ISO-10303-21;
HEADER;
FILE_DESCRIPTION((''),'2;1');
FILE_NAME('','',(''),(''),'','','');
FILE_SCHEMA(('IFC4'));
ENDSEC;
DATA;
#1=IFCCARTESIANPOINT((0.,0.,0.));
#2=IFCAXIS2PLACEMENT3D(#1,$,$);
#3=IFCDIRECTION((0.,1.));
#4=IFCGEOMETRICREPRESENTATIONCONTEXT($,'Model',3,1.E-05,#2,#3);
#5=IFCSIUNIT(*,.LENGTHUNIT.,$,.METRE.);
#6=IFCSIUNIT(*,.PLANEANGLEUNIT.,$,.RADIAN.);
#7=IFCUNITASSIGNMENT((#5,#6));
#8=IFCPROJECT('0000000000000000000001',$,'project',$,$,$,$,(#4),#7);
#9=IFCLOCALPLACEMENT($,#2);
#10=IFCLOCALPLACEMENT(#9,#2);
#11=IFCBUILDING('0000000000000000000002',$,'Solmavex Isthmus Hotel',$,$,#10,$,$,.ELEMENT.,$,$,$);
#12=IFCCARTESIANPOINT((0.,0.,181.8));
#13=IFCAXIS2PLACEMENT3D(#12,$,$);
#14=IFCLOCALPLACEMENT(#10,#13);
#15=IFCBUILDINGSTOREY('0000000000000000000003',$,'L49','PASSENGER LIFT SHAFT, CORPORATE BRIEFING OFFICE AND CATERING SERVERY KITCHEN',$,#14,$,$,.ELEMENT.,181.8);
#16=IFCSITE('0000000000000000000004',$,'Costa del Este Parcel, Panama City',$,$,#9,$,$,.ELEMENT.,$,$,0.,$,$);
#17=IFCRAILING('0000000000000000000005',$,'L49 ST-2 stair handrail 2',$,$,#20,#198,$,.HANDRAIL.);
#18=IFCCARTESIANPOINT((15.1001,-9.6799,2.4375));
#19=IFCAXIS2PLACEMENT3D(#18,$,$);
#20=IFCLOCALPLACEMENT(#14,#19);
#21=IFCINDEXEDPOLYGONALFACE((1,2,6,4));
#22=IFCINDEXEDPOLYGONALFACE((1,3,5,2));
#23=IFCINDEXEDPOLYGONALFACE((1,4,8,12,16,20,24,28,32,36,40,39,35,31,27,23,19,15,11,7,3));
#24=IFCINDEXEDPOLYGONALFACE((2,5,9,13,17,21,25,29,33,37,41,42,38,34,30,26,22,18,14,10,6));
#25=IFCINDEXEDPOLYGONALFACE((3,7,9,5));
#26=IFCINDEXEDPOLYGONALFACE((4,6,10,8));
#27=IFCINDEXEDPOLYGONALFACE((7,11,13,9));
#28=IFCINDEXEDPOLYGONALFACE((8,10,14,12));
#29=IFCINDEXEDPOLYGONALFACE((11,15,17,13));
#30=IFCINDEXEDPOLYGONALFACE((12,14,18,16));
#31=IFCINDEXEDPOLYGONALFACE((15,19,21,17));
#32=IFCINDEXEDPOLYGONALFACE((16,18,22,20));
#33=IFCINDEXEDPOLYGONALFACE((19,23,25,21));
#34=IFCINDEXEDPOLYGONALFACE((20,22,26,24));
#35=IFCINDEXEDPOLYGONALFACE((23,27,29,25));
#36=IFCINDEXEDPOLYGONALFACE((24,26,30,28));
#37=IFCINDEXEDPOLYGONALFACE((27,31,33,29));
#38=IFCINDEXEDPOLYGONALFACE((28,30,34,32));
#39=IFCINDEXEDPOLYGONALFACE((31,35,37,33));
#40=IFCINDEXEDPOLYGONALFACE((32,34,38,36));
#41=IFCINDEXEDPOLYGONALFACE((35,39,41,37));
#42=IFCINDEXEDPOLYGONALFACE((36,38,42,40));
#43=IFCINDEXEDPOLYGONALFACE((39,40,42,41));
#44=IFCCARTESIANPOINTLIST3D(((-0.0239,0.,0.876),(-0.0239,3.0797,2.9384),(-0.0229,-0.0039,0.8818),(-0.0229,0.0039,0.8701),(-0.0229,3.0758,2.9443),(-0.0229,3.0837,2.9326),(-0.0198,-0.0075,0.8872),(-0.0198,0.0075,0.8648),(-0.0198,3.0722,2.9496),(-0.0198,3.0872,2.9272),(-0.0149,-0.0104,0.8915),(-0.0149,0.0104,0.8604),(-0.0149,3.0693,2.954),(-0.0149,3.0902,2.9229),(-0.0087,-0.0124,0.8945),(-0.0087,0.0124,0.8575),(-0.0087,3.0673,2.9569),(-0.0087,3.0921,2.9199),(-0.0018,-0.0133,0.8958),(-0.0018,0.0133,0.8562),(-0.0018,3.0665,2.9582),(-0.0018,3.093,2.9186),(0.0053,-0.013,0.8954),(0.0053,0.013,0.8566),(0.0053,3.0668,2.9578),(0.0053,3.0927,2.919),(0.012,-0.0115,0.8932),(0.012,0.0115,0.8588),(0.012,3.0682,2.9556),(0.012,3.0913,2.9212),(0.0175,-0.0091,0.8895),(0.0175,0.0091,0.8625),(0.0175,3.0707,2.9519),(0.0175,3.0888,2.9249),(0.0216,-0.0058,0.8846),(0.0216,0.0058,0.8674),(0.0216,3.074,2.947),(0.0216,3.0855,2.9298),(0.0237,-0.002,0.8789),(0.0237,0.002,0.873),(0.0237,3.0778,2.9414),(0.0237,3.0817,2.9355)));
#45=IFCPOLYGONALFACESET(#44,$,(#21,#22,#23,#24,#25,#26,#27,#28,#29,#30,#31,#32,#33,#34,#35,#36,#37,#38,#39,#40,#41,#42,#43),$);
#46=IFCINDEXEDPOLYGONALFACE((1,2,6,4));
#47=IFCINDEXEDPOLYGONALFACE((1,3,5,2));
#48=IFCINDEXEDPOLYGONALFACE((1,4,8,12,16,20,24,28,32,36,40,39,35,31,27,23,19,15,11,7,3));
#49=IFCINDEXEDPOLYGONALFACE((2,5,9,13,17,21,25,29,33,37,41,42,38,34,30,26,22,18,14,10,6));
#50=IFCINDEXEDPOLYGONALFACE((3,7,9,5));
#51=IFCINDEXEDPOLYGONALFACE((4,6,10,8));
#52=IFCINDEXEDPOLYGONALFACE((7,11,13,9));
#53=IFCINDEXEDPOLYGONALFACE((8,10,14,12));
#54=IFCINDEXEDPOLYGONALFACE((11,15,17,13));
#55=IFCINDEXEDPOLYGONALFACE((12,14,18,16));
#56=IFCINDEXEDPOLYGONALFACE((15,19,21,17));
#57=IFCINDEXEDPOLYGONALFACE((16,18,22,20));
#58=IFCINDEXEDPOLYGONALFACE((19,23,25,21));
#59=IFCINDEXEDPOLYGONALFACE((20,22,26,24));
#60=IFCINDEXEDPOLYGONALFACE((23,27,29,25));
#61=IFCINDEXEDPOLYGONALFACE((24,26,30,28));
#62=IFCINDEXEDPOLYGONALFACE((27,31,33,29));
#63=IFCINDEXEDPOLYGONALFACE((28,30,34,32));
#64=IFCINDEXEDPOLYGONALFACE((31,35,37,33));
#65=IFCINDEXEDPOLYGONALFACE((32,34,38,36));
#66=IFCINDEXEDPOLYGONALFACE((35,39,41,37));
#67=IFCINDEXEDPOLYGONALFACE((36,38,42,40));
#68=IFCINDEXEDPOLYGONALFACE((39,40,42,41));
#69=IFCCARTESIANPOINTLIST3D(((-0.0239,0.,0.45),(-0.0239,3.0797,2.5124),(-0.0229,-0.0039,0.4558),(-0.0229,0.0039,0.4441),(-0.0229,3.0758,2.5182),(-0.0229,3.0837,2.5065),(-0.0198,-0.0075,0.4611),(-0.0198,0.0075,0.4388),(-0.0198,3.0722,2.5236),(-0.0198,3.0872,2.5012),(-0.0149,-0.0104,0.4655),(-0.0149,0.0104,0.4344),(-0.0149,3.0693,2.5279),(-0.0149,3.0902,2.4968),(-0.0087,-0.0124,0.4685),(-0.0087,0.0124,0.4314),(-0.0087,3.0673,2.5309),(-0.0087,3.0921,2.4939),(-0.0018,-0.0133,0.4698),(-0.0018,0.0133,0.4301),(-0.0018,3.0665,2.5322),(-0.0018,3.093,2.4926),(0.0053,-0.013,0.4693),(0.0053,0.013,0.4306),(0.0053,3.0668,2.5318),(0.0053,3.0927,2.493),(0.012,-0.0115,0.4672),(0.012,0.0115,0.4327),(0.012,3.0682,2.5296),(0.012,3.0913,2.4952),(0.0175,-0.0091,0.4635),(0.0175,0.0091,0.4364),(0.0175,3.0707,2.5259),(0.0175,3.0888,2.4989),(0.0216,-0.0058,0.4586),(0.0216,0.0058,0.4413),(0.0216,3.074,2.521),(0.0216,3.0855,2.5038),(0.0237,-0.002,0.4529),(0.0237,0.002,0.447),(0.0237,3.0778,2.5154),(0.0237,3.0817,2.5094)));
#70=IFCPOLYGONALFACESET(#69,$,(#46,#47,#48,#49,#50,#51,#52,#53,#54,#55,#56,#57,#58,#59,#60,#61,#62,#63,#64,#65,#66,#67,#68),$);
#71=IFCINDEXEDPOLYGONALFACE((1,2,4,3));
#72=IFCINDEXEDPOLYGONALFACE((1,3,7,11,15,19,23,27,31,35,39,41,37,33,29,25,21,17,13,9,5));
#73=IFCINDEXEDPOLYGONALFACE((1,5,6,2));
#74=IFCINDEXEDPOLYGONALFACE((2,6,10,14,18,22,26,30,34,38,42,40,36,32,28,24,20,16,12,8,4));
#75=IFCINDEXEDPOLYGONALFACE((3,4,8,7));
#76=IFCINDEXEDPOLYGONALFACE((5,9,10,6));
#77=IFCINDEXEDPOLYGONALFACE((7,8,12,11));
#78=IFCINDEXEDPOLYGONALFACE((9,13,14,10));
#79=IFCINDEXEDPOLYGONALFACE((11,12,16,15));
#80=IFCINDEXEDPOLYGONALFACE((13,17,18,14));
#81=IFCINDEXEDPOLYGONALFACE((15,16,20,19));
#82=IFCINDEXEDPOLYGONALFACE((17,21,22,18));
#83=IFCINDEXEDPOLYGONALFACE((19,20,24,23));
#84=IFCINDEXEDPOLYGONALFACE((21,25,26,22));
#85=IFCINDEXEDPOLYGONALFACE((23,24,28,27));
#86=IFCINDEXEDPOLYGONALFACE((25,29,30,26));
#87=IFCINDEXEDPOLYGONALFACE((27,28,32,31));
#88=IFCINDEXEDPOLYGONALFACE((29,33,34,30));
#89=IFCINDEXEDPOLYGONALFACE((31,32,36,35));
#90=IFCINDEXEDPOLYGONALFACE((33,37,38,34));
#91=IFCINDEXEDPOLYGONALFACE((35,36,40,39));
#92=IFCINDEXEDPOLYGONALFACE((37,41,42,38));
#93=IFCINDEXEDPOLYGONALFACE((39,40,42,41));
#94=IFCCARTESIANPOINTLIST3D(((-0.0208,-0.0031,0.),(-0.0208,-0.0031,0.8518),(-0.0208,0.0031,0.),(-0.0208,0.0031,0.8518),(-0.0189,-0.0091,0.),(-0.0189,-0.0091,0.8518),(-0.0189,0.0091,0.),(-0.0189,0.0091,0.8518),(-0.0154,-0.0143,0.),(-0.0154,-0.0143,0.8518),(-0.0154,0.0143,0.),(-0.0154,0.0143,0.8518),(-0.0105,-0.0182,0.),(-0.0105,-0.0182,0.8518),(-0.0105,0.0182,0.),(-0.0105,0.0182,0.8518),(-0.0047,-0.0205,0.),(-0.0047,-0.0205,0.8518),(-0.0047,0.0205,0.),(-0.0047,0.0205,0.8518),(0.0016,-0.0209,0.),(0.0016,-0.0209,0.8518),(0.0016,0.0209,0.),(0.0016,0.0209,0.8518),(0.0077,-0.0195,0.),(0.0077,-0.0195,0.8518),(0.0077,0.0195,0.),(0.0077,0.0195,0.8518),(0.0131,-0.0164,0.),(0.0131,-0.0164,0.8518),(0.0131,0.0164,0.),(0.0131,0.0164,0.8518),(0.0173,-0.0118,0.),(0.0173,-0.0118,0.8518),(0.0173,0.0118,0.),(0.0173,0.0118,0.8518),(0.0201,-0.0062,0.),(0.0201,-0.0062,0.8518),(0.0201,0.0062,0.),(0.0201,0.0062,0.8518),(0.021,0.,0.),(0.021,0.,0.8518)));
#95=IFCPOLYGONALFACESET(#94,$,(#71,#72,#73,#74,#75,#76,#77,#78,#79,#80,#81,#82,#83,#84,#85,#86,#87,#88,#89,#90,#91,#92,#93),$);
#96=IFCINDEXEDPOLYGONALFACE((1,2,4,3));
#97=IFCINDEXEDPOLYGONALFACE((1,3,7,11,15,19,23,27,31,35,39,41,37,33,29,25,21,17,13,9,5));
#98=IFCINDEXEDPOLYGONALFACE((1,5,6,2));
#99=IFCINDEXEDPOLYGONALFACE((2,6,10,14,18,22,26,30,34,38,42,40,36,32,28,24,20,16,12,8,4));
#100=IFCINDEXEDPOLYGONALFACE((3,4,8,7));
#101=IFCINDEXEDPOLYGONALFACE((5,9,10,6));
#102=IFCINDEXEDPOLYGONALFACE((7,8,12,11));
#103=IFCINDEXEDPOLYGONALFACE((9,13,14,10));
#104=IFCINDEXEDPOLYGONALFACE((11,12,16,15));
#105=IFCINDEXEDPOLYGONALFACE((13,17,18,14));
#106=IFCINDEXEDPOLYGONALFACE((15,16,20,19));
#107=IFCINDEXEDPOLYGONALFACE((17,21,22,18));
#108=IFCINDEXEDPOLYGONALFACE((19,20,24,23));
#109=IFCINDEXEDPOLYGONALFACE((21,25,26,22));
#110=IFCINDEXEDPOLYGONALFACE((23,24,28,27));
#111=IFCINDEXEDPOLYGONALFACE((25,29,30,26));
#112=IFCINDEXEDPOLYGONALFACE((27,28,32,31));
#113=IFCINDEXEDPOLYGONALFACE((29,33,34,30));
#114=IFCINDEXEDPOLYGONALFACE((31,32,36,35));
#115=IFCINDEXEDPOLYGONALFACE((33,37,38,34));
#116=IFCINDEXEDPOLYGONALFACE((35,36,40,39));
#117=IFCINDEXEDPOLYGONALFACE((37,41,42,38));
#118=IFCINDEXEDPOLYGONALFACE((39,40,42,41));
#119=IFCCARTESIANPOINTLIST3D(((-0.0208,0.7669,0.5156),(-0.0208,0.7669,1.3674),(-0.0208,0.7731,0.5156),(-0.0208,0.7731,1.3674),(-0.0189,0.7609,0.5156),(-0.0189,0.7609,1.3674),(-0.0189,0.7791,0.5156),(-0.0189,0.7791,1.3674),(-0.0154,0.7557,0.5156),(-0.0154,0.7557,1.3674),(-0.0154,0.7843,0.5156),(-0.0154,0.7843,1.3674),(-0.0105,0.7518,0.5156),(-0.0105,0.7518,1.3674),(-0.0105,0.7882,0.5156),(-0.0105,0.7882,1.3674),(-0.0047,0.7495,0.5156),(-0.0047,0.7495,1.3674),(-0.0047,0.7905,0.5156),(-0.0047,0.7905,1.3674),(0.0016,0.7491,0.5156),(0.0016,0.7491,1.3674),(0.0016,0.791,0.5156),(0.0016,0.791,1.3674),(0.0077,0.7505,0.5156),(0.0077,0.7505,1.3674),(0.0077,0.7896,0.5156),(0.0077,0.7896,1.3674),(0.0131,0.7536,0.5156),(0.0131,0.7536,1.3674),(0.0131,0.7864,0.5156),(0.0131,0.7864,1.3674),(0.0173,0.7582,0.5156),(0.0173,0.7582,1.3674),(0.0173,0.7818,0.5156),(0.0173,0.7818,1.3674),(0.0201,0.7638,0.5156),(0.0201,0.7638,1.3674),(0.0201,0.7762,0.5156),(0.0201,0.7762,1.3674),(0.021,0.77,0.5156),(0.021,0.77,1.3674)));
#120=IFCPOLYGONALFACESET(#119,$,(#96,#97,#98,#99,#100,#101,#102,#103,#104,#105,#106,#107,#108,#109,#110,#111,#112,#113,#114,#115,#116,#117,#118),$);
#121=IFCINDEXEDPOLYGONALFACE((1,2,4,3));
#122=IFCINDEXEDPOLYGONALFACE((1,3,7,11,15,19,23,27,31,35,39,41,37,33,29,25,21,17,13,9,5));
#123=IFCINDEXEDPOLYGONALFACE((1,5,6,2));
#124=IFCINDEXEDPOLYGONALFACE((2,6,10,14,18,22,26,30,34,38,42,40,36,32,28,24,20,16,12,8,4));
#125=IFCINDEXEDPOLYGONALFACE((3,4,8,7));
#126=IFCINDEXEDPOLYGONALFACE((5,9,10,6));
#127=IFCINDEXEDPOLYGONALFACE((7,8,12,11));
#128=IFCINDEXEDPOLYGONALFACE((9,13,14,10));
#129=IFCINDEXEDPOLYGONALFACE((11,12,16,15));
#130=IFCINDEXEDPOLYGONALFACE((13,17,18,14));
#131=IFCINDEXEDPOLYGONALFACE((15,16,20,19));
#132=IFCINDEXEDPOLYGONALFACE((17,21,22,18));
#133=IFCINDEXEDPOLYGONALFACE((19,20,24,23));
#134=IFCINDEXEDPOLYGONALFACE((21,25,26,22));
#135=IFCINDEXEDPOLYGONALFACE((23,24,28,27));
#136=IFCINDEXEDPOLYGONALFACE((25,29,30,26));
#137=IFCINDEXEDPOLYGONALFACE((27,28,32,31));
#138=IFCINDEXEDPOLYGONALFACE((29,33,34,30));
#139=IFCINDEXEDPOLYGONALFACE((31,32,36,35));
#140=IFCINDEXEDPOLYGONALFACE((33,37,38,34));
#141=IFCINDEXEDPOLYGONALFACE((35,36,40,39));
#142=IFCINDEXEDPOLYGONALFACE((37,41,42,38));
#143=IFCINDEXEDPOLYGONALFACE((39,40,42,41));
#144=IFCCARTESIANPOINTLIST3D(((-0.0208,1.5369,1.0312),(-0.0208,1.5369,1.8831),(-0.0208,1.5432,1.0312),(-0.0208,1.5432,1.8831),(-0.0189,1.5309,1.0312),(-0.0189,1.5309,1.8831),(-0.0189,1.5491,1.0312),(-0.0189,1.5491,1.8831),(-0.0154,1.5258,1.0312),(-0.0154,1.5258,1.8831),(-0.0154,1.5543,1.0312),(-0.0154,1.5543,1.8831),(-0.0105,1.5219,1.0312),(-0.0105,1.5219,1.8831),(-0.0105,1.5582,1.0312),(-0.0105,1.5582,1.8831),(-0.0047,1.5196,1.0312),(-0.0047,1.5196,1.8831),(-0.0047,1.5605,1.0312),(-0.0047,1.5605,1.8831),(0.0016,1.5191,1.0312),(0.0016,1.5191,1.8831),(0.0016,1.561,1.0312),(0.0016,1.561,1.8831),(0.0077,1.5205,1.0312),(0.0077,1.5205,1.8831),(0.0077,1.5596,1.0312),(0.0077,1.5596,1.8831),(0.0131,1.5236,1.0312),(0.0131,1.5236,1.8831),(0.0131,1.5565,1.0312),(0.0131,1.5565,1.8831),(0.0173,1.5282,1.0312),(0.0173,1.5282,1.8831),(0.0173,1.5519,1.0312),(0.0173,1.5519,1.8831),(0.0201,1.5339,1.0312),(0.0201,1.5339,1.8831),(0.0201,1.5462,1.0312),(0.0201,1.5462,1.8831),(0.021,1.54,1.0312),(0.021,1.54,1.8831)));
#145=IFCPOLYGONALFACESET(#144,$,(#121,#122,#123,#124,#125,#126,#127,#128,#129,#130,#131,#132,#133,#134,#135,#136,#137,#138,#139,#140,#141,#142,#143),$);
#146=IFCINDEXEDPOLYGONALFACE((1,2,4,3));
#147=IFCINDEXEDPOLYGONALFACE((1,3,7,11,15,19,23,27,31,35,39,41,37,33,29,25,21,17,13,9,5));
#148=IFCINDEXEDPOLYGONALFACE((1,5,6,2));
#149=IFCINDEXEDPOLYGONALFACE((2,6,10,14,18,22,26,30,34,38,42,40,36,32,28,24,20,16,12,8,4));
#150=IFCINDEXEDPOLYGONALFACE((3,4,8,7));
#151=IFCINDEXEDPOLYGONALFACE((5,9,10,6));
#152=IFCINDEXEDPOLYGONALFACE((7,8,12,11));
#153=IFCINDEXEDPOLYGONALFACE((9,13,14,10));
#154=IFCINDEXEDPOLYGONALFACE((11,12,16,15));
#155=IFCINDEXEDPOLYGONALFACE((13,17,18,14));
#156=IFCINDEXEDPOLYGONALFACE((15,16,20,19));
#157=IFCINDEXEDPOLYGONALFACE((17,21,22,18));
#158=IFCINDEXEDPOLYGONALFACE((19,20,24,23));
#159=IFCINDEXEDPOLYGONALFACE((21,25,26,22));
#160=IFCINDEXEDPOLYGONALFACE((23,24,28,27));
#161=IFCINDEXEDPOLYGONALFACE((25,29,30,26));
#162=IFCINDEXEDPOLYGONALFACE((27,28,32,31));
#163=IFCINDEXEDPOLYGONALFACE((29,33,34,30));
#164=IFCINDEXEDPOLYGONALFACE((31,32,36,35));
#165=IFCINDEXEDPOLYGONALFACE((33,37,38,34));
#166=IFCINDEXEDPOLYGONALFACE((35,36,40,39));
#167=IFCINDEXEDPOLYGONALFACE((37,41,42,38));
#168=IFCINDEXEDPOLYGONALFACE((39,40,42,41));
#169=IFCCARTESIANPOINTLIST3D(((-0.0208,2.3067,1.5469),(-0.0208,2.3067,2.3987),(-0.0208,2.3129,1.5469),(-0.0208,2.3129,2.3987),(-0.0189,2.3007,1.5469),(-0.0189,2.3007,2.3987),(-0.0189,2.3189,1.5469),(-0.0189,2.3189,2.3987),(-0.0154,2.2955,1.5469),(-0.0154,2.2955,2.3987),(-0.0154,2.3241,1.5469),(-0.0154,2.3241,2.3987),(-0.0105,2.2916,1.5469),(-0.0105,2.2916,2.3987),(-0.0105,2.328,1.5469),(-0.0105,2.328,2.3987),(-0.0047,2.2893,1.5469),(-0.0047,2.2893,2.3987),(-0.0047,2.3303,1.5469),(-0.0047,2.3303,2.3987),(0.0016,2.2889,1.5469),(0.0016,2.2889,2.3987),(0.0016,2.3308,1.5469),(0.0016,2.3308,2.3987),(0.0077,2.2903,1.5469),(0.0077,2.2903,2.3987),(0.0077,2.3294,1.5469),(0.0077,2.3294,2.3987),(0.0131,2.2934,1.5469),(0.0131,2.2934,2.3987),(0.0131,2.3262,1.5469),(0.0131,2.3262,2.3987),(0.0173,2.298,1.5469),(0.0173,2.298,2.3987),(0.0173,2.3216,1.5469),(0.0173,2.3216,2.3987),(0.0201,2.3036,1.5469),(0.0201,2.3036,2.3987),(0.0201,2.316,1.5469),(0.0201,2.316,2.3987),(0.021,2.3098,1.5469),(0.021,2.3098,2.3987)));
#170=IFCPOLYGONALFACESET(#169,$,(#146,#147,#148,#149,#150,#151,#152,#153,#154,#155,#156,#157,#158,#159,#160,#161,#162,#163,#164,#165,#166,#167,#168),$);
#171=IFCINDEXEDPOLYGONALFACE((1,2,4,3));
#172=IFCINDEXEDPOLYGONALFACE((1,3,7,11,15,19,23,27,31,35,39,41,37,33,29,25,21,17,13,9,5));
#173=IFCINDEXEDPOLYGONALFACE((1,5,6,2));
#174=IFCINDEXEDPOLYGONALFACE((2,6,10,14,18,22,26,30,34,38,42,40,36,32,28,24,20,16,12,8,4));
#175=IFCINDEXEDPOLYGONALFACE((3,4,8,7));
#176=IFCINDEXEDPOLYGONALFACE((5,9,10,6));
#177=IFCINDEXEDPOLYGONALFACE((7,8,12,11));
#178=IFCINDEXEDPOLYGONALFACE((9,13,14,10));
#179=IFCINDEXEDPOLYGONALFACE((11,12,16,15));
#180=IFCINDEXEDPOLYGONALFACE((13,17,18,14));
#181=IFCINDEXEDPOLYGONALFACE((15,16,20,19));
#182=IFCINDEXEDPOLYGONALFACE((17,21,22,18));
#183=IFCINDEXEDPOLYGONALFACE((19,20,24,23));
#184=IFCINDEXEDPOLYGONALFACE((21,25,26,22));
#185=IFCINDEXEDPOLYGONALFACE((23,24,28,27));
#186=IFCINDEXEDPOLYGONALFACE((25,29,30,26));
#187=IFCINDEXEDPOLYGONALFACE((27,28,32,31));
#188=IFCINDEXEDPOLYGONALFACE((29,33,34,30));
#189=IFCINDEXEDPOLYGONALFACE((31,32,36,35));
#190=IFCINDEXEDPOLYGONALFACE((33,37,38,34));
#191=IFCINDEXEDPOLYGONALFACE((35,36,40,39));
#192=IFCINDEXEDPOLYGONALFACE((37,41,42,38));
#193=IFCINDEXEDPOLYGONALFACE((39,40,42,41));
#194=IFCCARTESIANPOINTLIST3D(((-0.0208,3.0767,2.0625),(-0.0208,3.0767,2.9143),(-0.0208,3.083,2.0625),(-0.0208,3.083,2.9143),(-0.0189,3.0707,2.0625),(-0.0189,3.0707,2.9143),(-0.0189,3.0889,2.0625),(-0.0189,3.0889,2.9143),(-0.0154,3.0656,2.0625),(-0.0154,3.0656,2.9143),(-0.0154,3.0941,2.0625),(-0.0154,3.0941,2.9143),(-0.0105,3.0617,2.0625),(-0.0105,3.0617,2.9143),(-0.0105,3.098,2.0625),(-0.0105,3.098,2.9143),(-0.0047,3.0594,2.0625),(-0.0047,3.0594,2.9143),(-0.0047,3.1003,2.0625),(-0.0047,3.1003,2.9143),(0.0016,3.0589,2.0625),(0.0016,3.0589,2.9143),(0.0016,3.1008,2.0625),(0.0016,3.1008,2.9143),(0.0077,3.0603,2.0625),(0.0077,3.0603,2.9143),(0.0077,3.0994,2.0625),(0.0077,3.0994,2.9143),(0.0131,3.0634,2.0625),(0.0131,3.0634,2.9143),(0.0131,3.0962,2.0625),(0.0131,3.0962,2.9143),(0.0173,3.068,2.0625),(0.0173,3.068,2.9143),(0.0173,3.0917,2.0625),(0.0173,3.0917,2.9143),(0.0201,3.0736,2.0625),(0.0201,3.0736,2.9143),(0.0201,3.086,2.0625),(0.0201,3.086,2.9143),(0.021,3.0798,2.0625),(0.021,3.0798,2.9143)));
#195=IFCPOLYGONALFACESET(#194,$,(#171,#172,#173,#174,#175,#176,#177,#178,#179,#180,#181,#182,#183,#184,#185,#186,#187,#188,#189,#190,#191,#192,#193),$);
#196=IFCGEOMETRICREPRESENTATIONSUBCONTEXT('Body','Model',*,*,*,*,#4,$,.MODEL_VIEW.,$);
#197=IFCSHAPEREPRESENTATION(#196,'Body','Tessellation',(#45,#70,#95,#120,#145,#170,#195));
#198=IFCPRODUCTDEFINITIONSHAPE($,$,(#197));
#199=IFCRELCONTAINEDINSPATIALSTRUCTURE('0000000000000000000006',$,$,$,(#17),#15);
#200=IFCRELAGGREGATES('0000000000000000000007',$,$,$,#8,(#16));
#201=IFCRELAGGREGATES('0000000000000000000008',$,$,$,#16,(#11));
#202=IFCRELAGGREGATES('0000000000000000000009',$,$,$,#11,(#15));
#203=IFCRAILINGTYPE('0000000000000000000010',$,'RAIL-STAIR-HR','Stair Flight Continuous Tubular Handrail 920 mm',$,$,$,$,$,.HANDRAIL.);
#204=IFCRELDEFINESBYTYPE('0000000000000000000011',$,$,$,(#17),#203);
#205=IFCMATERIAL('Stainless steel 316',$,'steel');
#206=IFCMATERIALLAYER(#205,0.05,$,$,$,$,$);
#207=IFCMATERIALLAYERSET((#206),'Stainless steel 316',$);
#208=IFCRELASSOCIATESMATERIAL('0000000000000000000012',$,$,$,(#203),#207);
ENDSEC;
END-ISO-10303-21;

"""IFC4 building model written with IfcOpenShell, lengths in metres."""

from ifc_helpers import new_model, si_unit, direction, frame, origin, origin_2d, place, context, subcontext, project, spatial, circle, extrude, material, layer, layer_set, type_object, element, save


model = new_model("IFC4")

# Units and contexts
model_context = context("Model", 3, precision=1e-05, world=origin(), true_north=direction((0.0, 1.0)))
body_context = subcontext(model_context, "Body", "Model", "MODEL_VIEW")
ifc_project = project(units=[si_unit("LENGTHUNIT", "METRE"), si_unit("PLANEANGLEUNIT", "RADIAN")], contexts=[model_context])

# Site, building, storey
site_placement = place(None, origin())
site = spatial("IfcSite", under=ifc_project, at=site_placement, Name="Costa del Este Parcel, Panama City", CompositionType="ELEMENT", RefElevation=0.0)
building_placement = place(site_placement, origin())
building = spatial("IfcBuilding", under=site, at=building_placement, Name="Solmavex Isthmus Hotel", CompositionType="ELEMENT")
storey_placement = place(building_placement, frame((0.0, 0.0, 181.8)))
storey = spatial("IfcBuildingStorey", under=building, at=storey_placement, Name="L49", Description="PASSENGER LIFT SHAFT, CORPORATE BRIEFING OFFICE AND CATERING SERVERY KITCHEN", CompositionType="ELEMENT", Elevation=181.8)

# Railing
ifc_material_1 = material(Name="Stainless steel 316", Category="steel")
ifc_layer_1 = layer(ifc_material_1, 0.05)
ifc_layer_set_1 = layer_set([ifc_layer_1], Name="Stainless steel 316")
railing_type = type_object("IfcRailingType", Name="RAIL-STAIR-HR", Description="Stair Flight Continuous Tubular Handrail 920 mm", PredefinedType="HANDRAIL", material=ifc_layer_set_1)
railing_placement = place(storey_placement, frame((15.1001, -9.6799, 2.4375)))
element("IfcRailing", 1, at=railing_placement, inside=storey, type_object=railing_type, Name="L49 ST-2 stair handrail 2", PredefinedType="HANDRAIL", context=body_context, shape_type="SweptSolid", body=[
    extrude(circle(Radius=0.0239, at=origin_2d()), frame((0.0, 0.0, 0.876), z_axis=(0.0, 0.830893, 0.556432), x_axis=(-1.0, 0.0, 0.0)), (0.0, 0.0, 1.0), 3.7065),
    extrude(circle(Radius=0.0239, at=origin_2d()), frame((0.0, 0.0, 0.45), z_axis=(0.0, 0.830893, 0.556432), x_axis=(-1.0, 0.0, 0.0)), (0.0, 0.0, 1.0), 3.7065),
    extrude(circle(Radius=0.021, at=origin_2d()), origin(), (0.0, 0.0, 1.0), 0.8518),
    extrude(circle(Radius=0.021, at=origin_2d()), frame((0.0, 0.77, 0.5156)), (0.0, 0.0, 1.0), 0.8518),
    extrude(circle(Radius=0.021, at=origin_2d()), frame((0.0, 1.54, 1.0312)), (0.0, 0.0, 1.0), 0.8518),
    extrude(circle(Radius=0.021, at=origin_2d()), frame((0.0, 2.3098, 1.5469)), (0.0, 0.0, 1.0), 0.8518),
    extrude(circle(Radius=0.021, at=origin_2d()), frame((0.0, 3.0798, 2.0625)), (0.0, 0.0, 1.0), 0.8518),
])

save(model, "model.ifc")
